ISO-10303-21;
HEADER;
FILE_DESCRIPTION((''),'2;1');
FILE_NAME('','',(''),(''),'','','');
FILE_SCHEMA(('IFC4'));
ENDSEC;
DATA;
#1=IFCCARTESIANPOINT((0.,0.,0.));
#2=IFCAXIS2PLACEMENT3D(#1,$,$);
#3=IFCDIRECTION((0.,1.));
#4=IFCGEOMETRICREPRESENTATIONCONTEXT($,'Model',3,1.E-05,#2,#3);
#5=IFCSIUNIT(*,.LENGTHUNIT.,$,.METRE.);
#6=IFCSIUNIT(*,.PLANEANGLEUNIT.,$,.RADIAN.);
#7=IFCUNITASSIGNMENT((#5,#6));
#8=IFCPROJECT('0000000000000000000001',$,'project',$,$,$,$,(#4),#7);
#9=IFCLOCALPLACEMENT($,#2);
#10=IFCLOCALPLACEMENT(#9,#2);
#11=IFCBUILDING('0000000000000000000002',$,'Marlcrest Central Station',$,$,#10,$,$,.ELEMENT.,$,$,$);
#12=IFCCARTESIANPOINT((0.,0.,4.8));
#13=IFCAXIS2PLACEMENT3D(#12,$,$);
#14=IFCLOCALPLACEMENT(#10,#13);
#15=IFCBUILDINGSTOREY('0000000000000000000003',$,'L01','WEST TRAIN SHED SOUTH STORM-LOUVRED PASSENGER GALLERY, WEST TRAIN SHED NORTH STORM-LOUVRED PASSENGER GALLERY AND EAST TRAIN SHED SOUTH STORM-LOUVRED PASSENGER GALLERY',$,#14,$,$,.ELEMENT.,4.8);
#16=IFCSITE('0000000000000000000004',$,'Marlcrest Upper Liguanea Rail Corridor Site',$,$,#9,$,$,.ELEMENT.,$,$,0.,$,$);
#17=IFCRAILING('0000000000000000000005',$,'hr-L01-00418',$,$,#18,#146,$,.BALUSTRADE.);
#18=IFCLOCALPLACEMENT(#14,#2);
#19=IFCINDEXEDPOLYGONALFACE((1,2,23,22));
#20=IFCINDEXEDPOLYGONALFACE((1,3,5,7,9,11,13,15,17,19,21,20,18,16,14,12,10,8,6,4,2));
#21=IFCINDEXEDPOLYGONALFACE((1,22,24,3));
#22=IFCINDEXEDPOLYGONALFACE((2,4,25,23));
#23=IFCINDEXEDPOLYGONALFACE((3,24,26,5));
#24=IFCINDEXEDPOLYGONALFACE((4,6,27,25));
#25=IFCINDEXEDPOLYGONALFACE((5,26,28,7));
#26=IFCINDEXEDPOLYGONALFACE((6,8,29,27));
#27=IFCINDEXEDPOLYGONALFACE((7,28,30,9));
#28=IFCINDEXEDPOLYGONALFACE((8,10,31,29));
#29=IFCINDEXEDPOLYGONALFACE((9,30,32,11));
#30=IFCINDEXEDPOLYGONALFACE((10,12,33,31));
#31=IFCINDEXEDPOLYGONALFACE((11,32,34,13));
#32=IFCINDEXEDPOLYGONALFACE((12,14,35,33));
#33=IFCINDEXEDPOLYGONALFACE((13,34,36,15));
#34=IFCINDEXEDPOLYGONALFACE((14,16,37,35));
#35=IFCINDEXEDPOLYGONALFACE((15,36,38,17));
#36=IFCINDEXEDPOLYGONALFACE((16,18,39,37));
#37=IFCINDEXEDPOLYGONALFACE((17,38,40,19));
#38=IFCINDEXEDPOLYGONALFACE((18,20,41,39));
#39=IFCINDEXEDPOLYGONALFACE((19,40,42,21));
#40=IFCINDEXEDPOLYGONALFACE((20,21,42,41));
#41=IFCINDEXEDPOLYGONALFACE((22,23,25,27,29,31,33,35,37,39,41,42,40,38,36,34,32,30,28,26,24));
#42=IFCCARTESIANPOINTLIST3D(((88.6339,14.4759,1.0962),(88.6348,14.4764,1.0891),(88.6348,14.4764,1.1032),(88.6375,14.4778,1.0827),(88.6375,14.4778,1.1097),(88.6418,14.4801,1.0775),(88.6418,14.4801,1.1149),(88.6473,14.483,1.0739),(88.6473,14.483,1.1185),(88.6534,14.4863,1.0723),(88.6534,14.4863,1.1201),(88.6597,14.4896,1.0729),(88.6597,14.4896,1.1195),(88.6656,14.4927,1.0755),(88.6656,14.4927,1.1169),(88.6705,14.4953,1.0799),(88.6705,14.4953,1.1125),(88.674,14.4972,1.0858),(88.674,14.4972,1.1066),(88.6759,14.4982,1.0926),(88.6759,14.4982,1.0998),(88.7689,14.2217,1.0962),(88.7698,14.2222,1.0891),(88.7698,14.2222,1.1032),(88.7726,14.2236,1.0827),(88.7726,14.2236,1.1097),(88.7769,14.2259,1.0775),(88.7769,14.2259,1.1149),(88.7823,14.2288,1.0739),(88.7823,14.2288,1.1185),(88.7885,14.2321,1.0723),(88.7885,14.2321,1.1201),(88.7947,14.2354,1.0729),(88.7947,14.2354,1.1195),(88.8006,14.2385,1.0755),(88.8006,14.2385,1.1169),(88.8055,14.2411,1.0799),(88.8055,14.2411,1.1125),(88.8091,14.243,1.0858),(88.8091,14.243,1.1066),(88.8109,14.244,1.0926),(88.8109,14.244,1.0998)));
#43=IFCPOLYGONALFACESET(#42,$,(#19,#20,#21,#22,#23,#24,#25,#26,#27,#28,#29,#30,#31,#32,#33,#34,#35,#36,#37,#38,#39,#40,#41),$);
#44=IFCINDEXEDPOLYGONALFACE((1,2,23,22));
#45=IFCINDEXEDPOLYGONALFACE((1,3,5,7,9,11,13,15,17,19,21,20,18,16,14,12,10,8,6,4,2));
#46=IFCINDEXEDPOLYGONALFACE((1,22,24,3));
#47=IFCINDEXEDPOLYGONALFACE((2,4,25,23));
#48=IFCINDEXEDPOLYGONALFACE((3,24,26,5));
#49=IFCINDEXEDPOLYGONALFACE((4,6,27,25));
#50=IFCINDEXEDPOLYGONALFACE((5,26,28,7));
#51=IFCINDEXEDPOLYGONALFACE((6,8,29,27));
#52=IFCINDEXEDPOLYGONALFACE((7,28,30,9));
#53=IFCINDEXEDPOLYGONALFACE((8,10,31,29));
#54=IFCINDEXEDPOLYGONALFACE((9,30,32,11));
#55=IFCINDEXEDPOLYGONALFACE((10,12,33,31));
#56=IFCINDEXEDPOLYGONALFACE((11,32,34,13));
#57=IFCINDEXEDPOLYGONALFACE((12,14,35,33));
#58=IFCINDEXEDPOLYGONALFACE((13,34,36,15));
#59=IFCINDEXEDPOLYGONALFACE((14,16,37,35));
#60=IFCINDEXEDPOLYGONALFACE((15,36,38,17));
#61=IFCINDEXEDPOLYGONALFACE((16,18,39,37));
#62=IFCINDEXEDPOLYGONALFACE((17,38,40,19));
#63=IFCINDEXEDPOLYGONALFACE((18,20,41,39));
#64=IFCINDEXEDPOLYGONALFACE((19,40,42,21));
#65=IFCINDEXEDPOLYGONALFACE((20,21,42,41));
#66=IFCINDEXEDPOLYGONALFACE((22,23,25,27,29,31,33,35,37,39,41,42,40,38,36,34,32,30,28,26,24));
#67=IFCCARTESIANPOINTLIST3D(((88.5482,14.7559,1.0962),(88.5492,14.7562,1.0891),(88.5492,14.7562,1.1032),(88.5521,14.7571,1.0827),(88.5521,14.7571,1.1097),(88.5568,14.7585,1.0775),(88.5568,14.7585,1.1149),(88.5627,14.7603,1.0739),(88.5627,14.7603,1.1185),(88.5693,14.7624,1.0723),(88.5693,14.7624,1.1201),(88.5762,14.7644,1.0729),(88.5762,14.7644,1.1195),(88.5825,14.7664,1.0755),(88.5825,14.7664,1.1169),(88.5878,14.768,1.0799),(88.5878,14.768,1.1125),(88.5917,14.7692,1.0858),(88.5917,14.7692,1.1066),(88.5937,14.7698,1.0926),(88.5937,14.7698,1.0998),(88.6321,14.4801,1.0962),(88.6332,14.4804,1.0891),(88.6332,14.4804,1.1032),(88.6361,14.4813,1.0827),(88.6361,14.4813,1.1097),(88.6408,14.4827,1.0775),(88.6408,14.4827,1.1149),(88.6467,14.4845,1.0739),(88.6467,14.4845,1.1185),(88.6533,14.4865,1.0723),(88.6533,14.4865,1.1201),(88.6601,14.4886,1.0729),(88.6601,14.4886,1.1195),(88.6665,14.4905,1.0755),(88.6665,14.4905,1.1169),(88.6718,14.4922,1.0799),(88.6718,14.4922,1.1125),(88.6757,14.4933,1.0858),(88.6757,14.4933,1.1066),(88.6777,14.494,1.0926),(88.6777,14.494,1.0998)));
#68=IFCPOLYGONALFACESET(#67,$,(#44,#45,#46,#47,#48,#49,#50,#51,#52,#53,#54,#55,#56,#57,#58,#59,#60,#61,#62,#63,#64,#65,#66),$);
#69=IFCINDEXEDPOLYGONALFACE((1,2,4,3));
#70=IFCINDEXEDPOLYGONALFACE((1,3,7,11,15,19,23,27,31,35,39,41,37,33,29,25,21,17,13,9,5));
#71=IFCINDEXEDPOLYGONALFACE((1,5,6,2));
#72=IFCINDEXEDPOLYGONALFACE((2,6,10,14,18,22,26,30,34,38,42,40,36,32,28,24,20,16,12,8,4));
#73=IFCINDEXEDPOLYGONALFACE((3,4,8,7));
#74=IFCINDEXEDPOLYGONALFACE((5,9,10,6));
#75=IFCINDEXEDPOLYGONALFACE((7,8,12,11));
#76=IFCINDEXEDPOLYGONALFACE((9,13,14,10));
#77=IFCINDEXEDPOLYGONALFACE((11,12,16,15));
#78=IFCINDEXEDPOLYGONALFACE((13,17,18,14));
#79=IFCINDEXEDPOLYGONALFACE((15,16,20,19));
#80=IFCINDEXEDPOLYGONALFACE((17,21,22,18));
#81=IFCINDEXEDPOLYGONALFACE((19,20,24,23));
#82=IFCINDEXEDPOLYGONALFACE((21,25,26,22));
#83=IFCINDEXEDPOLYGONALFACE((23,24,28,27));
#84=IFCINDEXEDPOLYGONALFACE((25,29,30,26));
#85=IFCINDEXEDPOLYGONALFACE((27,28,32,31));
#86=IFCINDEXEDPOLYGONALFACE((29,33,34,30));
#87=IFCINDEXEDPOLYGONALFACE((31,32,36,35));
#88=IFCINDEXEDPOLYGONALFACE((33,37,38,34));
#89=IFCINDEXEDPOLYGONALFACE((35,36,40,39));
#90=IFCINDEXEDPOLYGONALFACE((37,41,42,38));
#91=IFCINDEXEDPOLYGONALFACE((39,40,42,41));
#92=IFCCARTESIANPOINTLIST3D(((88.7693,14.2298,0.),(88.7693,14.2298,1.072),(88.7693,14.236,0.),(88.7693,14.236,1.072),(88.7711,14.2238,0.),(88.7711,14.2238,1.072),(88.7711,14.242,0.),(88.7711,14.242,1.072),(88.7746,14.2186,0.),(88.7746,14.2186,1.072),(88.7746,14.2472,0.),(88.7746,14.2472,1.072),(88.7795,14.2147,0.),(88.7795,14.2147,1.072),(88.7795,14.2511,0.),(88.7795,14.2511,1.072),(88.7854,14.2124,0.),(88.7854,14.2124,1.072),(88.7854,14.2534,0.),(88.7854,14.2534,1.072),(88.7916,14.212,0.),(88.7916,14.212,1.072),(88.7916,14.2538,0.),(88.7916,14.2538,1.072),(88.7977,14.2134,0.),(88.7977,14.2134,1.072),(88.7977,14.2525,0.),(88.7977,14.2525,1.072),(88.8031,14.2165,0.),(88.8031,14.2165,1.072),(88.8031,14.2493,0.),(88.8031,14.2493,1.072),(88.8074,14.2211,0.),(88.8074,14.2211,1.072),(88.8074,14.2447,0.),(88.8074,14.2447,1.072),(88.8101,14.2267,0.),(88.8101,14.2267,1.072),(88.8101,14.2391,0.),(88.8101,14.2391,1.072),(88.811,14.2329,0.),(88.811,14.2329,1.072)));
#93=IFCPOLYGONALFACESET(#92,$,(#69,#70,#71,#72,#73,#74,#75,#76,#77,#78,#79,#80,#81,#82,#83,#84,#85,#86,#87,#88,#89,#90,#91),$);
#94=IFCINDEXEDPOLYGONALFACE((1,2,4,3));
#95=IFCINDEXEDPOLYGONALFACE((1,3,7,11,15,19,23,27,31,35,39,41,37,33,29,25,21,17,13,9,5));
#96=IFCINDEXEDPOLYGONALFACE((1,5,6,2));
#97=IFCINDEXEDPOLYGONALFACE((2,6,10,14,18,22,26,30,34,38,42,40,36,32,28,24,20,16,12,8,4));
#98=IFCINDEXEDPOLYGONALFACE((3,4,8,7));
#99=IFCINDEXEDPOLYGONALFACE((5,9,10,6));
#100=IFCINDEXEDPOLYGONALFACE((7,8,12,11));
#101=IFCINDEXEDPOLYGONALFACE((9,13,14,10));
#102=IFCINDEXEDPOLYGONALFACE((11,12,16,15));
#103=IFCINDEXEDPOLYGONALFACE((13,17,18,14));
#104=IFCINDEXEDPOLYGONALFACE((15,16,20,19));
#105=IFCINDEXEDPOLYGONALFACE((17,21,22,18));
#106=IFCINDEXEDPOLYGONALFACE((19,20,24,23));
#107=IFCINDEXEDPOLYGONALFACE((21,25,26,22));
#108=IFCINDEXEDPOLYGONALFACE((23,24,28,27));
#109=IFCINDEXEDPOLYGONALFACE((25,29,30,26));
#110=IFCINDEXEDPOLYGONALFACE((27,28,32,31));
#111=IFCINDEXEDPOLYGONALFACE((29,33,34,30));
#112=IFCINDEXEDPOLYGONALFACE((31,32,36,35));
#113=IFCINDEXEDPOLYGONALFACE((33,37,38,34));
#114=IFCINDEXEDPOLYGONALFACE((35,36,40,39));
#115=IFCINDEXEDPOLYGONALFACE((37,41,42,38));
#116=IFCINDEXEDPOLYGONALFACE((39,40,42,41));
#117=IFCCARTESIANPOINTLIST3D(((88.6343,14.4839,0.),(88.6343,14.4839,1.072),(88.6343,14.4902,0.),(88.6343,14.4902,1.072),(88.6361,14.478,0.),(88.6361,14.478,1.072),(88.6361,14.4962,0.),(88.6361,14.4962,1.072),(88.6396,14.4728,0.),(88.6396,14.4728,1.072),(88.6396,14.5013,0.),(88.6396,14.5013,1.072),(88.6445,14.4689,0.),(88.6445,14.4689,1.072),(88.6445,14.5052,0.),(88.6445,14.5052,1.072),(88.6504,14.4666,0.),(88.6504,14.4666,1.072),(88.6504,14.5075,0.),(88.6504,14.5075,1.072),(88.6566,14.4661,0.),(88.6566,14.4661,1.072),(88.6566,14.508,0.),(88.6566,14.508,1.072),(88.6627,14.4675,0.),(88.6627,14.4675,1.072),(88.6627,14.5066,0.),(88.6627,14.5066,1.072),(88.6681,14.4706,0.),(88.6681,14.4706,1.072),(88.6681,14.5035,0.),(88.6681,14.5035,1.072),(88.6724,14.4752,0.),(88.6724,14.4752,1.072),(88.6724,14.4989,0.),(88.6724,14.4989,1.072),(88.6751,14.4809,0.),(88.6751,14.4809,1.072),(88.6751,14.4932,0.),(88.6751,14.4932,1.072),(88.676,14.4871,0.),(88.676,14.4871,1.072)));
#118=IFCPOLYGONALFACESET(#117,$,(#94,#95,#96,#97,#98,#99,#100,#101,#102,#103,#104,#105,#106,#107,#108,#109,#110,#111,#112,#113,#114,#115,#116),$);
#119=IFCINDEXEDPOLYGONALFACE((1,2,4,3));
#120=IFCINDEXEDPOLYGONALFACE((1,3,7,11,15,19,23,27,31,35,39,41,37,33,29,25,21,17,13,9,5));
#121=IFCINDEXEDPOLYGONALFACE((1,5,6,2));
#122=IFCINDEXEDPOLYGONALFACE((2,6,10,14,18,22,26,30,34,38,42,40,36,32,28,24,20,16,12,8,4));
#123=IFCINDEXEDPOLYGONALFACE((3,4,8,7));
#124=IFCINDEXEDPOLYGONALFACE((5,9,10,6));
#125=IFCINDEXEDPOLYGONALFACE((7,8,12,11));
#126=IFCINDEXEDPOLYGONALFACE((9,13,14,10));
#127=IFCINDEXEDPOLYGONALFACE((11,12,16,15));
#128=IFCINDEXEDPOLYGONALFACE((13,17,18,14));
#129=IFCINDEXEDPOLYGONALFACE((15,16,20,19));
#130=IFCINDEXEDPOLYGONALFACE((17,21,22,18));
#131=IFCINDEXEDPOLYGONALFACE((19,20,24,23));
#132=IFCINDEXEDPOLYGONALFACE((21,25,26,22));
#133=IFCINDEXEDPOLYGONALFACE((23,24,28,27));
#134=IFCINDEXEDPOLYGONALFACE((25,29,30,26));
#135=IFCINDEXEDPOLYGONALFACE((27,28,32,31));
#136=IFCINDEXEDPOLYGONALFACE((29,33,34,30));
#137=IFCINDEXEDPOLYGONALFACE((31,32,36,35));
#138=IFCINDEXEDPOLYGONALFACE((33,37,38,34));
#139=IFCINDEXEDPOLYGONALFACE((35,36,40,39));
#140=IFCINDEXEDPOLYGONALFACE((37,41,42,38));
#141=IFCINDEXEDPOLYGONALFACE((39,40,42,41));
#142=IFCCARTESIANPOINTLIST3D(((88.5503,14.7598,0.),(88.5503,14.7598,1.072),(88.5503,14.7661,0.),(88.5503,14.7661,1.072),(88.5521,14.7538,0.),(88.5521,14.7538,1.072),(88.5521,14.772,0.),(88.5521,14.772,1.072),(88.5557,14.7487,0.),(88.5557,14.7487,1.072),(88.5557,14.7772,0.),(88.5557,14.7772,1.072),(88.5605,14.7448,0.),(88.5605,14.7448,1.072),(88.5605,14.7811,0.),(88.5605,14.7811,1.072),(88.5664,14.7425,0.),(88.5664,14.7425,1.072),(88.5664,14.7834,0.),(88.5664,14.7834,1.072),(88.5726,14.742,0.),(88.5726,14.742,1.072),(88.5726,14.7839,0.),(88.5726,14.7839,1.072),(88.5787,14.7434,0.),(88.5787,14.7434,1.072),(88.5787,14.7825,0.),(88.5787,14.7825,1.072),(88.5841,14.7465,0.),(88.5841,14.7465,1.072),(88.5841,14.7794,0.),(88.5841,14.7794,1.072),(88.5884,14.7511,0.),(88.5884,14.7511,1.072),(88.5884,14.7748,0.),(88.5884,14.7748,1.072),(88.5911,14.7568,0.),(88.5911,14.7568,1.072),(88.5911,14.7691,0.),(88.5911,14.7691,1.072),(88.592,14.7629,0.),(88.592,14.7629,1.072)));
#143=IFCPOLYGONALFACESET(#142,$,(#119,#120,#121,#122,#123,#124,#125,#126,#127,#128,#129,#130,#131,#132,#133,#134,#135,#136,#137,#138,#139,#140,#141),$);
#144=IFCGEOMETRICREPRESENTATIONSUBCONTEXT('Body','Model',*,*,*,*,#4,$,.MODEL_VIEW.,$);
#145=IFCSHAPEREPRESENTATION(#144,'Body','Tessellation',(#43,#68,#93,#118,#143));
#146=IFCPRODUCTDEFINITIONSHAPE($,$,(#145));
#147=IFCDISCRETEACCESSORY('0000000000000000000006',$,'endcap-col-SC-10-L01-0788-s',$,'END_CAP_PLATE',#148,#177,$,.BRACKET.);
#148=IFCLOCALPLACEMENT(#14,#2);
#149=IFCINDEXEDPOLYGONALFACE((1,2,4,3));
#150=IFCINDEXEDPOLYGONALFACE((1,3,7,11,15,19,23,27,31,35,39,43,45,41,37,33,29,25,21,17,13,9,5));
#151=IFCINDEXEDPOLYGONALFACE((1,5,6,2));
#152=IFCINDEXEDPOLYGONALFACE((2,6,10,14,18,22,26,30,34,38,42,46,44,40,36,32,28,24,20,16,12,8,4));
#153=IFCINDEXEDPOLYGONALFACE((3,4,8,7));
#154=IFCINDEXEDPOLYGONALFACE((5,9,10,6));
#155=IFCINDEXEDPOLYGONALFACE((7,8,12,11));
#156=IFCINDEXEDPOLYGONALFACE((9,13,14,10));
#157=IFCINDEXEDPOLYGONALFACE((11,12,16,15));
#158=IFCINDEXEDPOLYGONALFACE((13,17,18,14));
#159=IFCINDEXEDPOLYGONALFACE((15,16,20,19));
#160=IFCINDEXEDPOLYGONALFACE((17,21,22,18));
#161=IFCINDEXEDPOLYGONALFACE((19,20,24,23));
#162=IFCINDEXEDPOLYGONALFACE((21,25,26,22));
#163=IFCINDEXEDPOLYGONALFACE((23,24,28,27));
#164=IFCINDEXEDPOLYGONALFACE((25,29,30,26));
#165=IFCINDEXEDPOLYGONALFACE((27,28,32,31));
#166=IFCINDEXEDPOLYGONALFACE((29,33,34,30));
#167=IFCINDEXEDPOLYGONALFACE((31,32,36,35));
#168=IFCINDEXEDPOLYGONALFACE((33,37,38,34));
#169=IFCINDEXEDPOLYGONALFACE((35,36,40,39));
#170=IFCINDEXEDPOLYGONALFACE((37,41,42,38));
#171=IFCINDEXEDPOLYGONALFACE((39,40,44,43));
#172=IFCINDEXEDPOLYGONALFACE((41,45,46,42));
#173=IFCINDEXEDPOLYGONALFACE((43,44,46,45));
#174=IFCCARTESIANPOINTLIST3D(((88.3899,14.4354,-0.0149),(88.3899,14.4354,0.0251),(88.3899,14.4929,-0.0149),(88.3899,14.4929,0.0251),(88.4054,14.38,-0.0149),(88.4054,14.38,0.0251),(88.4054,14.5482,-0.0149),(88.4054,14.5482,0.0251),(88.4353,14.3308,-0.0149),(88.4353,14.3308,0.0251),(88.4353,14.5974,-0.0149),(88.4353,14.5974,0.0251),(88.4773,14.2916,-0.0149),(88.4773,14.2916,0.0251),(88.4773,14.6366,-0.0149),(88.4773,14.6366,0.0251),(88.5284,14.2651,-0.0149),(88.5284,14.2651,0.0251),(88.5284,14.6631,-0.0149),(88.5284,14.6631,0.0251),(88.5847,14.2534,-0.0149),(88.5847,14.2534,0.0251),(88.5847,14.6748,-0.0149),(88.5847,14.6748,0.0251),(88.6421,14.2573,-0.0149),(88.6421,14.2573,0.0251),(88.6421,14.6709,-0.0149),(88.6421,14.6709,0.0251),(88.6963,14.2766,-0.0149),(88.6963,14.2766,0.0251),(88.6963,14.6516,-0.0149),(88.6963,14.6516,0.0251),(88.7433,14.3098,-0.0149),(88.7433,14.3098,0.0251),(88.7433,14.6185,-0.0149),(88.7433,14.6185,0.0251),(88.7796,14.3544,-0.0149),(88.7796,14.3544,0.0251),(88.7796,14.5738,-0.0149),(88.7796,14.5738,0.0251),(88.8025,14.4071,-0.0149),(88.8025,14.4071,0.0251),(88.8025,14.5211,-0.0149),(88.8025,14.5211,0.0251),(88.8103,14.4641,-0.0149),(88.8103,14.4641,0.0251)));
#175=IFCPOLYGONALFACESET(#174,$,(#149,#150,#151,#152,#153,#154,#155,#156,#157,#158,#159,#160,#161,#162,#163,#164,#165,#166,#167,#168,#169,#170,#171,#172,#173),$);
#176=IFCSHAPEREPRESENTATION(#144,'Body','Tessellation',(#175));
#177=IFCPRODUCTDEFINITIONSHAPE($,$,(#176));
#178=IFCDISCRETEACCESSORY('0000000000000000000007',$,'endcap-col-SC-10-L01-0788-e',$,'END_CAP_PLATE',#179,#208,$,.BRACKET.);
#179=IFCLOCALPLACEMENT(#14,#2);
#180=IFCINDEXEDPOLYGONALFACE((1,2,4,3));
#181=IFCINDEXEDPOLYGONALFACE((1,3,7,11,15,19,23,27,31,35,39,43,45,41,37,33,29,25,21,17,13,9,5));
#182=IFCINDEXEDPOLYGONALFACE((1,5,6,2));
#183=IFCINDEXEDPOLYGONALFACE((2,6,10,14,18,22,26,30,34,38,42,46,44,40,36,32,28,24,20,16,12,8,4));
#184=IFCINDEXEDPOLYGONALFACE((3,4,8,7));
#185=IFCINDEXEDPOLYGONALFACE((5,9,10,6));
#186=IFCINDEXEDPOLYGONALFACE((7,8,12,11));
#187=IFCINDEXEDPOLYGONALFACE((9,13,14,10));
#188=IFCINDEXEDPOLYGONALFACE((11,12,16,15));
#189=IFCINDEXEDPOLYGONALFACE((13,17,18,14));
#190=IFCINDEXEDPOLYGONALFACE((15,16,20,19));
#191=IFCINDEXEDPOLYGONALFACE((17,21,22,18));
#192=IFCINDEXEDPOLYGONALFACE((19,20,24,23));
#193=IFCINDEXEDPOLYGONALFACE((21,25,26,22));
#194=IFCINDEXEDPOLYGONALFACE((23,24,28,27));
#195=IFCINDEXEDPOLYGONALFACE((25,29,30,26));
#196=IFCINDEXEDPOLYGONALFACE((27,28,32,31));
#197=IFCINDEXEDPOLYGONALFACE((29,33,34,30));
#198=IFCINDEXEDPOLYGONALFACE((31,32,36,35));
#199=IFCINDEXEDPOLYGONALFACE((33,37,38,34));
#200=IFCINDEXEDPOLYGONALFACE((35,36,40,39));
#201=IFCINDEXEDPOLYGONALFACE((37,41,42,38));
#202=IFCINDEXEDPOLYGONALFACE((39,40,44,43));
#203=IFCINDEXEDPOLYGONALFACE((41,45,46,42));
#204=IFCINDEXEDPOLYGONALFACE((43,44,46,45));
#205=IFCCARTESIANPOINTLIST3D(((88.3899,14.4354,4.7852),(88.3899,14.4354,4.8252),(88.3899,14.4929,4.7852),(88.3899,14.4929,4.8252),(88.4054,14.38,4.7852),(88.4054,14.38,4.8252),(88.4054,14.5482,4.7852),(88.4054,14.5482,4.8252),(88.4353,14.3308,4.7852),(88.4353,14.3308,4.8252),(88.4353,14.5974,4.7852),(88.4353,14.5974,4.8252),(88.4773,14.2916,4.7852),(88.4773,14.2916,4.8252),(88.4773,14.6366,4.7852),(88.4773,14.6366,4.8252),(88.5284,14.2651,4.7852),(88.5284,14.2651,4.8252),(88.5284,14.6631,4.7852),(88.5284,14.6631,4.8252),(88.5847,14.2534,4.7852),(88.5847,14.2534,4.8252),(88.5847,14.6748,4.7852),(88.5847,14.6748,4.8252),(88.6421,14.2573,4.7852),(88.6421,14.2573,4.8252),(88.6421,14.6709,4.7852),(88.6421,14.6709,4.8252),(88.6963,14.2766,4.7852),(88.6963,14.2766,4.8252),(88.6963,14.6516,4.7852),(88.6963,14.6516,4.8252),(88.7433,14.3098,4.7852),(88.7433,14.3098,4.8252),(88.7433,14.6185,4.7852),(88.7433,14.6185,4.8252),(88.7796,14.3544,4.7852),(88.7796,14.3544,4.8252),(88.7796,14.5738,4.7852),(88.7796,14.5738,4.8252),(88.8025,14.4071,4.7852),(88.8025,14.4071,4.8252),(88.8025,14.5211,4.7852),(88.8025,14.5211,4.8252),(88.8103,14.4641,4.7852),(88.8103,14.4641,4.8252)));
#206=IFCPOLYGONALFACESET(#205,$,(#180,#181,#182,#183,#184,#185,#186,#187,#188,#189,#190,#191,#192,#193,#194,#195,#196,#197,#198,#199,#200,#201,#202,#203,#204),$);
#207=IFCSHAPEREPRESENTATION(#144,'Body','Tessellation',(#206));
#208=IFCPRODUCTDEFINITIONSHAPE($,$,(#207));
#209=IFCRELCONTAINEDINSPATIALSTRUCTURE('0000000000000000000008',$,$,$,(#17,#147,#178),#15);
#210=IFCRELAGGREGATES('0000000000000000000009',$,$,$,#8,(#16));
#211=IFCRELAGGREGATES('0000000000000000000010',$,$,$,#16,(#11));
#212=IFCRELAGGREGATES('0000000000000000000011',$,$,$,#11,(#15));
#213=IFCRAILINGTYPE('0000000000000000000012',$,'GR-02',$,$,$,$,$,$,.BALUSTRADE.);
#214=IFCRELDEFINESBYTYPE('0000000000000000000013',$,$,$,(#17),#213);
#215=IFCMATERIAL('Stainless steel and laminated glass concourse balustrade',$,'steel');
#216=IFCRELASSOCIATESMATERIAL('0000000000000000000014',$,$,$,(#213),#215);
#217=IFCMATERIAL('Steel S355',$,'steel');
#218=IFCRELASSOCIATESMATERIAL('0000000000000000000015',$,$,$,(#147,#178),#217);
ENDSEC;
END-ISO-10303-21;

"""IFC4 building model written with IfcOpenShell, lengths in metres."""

from ifc_helpers import new_model, si_unit, direction, frame, origin, origin_2d, place, context, subcontext, project, spatial, circle, extrude, material, type_object, element, save


model = new_model("IFC4")

# Units and contexts
model_context = context("Model", 3, precision=1e-05, world=origin(), true_north=direction((0.0, 1.0)))
body_context = subcontext(model_context, "Body", "Model", "MODEL_VIEW")
ifc_project = project(units=[si_unit("LENGTHUNIT", "METRE"), si_unit("PLANEANGLEUNIT", "RADIAN")], contexts=[model_context])

# Site, building, storey
site_placement = place(None, origin())
site = spatial("IfcSite", under=ifc_project, at=site_placement, Name="Marlcrest Upper Liguanea Rail Corridor Site", CompositionType="ELEMENT", RefElevation=0.0)
building_placement = place(site_placement, origin())
building = spatial("IfcBuilding", under=site, at=building_placement, Name="Marlcrest Central Station", CompositionType="ELEMENT")
storey_placement = place(building_placement, frame((0.0, 0.0, 4.8)))
storey = spatial("IfcBuildingStorey", under=building, at=storey_placement, Name="L01", Description="WEST TRAIN SHED SOUTH STORM-LOUVRED PASSENGER GALLERY, WEST TRAIN SHED NORTH STORM-LOUVRED PASSENGER GALLERY AND EAST TRAIN SHED SOUTH STORM-LOUVRED PASSENGER GALLERY", CompositionType="ELEMENT", Elevation=4.8)

# Shared definitions
ifc_material_1 = material(Name="Steel S355", Category="steel")

# Railing
ifc_material_2 = material(Name="Stainless steel and laminated glass concourse balustrade", Category="steel")
railing_type = type_object("IfcRailingType", Name="GR-02", PredefinedType="BALUSTRADE", material=ifc_material_2)
railing_placement = place(storey_placement, frame((88.79, 14.2329, 0.0)))
element("IfcRailing", 1, at=railing_placement, inside=storey, type_object=railing_type, Name="hr-L01-00418", PredefinedType="BALUSTRADE", context=body_context, shape_type="SweptSolid", body=[
    extrude(circle(Radius=0.0239, at=origin_2d()), frame((0.0, 0.0, 1.0962), z_axis=(-0.469135, 0.883127, 0.0), x_axis=(-0.883127, -0.469135, 0.0)), (0.0, 0.0, 1.0), 0.2878),
    extrude(circle(Radius=0.0239, at=origin_2d()), frame((-0.135, 0.2542, 1.0962), z_axis=(-0.291229, 0.956653, 0.0), x_axis=(-0.956653, -0.291229, 0.0)), (0.0, 0.0, 1.0), 0.2883),
    extrude(circle(Radius=0.021, at=origin_2d()), origin(), (0.0, 0.0, 1.0), 1.072),
    extrude(circle(Radius=0.021, at=origin_2d()), frame((-0.135, 0.2542, 0.0)), (0.0, 0.0, 1.0), 1.072),
    extrude(circle(Radius=0.021, at=origin_2d()), frame((-0.219, 0.53, 0.0)), (0.0, 0.0, 1.0), 1.072),
])

# Discrete accessories
for number, where, z_axis, x_axis, name in (
    (2, (88.5991, 14.4641, -0.0149), (0.0, 0.0, 1.0), (1.0, 0.0, 0.0), "endcap-col-SC-10-L01-0788-s"),
    (3, (88.5991, 14.4641, 4.7852), (0.0, 0.0, 1.0), (1.0, 0.0, 0.0), "endcap-col-SC-10-L01-0788-e"),
):
    element("IfcDiscreteAccessory", number, at=place(storey_placement, frame(where, z_axis=z_axis, x_axis=x_axis)), inside=storey, material=ifc_material_1, Name=name, ObjectType="END_CAP_PLATE", PredefinedType="BRACKET", context=body_context, shape_type="SweptSolid", body=[
        extrude(circle(Radius=0.2112, at=origin_2d()), origin(), (0.0, 0.0, 1.0), 0.04),
    ])

save(model, "model.ifc")
